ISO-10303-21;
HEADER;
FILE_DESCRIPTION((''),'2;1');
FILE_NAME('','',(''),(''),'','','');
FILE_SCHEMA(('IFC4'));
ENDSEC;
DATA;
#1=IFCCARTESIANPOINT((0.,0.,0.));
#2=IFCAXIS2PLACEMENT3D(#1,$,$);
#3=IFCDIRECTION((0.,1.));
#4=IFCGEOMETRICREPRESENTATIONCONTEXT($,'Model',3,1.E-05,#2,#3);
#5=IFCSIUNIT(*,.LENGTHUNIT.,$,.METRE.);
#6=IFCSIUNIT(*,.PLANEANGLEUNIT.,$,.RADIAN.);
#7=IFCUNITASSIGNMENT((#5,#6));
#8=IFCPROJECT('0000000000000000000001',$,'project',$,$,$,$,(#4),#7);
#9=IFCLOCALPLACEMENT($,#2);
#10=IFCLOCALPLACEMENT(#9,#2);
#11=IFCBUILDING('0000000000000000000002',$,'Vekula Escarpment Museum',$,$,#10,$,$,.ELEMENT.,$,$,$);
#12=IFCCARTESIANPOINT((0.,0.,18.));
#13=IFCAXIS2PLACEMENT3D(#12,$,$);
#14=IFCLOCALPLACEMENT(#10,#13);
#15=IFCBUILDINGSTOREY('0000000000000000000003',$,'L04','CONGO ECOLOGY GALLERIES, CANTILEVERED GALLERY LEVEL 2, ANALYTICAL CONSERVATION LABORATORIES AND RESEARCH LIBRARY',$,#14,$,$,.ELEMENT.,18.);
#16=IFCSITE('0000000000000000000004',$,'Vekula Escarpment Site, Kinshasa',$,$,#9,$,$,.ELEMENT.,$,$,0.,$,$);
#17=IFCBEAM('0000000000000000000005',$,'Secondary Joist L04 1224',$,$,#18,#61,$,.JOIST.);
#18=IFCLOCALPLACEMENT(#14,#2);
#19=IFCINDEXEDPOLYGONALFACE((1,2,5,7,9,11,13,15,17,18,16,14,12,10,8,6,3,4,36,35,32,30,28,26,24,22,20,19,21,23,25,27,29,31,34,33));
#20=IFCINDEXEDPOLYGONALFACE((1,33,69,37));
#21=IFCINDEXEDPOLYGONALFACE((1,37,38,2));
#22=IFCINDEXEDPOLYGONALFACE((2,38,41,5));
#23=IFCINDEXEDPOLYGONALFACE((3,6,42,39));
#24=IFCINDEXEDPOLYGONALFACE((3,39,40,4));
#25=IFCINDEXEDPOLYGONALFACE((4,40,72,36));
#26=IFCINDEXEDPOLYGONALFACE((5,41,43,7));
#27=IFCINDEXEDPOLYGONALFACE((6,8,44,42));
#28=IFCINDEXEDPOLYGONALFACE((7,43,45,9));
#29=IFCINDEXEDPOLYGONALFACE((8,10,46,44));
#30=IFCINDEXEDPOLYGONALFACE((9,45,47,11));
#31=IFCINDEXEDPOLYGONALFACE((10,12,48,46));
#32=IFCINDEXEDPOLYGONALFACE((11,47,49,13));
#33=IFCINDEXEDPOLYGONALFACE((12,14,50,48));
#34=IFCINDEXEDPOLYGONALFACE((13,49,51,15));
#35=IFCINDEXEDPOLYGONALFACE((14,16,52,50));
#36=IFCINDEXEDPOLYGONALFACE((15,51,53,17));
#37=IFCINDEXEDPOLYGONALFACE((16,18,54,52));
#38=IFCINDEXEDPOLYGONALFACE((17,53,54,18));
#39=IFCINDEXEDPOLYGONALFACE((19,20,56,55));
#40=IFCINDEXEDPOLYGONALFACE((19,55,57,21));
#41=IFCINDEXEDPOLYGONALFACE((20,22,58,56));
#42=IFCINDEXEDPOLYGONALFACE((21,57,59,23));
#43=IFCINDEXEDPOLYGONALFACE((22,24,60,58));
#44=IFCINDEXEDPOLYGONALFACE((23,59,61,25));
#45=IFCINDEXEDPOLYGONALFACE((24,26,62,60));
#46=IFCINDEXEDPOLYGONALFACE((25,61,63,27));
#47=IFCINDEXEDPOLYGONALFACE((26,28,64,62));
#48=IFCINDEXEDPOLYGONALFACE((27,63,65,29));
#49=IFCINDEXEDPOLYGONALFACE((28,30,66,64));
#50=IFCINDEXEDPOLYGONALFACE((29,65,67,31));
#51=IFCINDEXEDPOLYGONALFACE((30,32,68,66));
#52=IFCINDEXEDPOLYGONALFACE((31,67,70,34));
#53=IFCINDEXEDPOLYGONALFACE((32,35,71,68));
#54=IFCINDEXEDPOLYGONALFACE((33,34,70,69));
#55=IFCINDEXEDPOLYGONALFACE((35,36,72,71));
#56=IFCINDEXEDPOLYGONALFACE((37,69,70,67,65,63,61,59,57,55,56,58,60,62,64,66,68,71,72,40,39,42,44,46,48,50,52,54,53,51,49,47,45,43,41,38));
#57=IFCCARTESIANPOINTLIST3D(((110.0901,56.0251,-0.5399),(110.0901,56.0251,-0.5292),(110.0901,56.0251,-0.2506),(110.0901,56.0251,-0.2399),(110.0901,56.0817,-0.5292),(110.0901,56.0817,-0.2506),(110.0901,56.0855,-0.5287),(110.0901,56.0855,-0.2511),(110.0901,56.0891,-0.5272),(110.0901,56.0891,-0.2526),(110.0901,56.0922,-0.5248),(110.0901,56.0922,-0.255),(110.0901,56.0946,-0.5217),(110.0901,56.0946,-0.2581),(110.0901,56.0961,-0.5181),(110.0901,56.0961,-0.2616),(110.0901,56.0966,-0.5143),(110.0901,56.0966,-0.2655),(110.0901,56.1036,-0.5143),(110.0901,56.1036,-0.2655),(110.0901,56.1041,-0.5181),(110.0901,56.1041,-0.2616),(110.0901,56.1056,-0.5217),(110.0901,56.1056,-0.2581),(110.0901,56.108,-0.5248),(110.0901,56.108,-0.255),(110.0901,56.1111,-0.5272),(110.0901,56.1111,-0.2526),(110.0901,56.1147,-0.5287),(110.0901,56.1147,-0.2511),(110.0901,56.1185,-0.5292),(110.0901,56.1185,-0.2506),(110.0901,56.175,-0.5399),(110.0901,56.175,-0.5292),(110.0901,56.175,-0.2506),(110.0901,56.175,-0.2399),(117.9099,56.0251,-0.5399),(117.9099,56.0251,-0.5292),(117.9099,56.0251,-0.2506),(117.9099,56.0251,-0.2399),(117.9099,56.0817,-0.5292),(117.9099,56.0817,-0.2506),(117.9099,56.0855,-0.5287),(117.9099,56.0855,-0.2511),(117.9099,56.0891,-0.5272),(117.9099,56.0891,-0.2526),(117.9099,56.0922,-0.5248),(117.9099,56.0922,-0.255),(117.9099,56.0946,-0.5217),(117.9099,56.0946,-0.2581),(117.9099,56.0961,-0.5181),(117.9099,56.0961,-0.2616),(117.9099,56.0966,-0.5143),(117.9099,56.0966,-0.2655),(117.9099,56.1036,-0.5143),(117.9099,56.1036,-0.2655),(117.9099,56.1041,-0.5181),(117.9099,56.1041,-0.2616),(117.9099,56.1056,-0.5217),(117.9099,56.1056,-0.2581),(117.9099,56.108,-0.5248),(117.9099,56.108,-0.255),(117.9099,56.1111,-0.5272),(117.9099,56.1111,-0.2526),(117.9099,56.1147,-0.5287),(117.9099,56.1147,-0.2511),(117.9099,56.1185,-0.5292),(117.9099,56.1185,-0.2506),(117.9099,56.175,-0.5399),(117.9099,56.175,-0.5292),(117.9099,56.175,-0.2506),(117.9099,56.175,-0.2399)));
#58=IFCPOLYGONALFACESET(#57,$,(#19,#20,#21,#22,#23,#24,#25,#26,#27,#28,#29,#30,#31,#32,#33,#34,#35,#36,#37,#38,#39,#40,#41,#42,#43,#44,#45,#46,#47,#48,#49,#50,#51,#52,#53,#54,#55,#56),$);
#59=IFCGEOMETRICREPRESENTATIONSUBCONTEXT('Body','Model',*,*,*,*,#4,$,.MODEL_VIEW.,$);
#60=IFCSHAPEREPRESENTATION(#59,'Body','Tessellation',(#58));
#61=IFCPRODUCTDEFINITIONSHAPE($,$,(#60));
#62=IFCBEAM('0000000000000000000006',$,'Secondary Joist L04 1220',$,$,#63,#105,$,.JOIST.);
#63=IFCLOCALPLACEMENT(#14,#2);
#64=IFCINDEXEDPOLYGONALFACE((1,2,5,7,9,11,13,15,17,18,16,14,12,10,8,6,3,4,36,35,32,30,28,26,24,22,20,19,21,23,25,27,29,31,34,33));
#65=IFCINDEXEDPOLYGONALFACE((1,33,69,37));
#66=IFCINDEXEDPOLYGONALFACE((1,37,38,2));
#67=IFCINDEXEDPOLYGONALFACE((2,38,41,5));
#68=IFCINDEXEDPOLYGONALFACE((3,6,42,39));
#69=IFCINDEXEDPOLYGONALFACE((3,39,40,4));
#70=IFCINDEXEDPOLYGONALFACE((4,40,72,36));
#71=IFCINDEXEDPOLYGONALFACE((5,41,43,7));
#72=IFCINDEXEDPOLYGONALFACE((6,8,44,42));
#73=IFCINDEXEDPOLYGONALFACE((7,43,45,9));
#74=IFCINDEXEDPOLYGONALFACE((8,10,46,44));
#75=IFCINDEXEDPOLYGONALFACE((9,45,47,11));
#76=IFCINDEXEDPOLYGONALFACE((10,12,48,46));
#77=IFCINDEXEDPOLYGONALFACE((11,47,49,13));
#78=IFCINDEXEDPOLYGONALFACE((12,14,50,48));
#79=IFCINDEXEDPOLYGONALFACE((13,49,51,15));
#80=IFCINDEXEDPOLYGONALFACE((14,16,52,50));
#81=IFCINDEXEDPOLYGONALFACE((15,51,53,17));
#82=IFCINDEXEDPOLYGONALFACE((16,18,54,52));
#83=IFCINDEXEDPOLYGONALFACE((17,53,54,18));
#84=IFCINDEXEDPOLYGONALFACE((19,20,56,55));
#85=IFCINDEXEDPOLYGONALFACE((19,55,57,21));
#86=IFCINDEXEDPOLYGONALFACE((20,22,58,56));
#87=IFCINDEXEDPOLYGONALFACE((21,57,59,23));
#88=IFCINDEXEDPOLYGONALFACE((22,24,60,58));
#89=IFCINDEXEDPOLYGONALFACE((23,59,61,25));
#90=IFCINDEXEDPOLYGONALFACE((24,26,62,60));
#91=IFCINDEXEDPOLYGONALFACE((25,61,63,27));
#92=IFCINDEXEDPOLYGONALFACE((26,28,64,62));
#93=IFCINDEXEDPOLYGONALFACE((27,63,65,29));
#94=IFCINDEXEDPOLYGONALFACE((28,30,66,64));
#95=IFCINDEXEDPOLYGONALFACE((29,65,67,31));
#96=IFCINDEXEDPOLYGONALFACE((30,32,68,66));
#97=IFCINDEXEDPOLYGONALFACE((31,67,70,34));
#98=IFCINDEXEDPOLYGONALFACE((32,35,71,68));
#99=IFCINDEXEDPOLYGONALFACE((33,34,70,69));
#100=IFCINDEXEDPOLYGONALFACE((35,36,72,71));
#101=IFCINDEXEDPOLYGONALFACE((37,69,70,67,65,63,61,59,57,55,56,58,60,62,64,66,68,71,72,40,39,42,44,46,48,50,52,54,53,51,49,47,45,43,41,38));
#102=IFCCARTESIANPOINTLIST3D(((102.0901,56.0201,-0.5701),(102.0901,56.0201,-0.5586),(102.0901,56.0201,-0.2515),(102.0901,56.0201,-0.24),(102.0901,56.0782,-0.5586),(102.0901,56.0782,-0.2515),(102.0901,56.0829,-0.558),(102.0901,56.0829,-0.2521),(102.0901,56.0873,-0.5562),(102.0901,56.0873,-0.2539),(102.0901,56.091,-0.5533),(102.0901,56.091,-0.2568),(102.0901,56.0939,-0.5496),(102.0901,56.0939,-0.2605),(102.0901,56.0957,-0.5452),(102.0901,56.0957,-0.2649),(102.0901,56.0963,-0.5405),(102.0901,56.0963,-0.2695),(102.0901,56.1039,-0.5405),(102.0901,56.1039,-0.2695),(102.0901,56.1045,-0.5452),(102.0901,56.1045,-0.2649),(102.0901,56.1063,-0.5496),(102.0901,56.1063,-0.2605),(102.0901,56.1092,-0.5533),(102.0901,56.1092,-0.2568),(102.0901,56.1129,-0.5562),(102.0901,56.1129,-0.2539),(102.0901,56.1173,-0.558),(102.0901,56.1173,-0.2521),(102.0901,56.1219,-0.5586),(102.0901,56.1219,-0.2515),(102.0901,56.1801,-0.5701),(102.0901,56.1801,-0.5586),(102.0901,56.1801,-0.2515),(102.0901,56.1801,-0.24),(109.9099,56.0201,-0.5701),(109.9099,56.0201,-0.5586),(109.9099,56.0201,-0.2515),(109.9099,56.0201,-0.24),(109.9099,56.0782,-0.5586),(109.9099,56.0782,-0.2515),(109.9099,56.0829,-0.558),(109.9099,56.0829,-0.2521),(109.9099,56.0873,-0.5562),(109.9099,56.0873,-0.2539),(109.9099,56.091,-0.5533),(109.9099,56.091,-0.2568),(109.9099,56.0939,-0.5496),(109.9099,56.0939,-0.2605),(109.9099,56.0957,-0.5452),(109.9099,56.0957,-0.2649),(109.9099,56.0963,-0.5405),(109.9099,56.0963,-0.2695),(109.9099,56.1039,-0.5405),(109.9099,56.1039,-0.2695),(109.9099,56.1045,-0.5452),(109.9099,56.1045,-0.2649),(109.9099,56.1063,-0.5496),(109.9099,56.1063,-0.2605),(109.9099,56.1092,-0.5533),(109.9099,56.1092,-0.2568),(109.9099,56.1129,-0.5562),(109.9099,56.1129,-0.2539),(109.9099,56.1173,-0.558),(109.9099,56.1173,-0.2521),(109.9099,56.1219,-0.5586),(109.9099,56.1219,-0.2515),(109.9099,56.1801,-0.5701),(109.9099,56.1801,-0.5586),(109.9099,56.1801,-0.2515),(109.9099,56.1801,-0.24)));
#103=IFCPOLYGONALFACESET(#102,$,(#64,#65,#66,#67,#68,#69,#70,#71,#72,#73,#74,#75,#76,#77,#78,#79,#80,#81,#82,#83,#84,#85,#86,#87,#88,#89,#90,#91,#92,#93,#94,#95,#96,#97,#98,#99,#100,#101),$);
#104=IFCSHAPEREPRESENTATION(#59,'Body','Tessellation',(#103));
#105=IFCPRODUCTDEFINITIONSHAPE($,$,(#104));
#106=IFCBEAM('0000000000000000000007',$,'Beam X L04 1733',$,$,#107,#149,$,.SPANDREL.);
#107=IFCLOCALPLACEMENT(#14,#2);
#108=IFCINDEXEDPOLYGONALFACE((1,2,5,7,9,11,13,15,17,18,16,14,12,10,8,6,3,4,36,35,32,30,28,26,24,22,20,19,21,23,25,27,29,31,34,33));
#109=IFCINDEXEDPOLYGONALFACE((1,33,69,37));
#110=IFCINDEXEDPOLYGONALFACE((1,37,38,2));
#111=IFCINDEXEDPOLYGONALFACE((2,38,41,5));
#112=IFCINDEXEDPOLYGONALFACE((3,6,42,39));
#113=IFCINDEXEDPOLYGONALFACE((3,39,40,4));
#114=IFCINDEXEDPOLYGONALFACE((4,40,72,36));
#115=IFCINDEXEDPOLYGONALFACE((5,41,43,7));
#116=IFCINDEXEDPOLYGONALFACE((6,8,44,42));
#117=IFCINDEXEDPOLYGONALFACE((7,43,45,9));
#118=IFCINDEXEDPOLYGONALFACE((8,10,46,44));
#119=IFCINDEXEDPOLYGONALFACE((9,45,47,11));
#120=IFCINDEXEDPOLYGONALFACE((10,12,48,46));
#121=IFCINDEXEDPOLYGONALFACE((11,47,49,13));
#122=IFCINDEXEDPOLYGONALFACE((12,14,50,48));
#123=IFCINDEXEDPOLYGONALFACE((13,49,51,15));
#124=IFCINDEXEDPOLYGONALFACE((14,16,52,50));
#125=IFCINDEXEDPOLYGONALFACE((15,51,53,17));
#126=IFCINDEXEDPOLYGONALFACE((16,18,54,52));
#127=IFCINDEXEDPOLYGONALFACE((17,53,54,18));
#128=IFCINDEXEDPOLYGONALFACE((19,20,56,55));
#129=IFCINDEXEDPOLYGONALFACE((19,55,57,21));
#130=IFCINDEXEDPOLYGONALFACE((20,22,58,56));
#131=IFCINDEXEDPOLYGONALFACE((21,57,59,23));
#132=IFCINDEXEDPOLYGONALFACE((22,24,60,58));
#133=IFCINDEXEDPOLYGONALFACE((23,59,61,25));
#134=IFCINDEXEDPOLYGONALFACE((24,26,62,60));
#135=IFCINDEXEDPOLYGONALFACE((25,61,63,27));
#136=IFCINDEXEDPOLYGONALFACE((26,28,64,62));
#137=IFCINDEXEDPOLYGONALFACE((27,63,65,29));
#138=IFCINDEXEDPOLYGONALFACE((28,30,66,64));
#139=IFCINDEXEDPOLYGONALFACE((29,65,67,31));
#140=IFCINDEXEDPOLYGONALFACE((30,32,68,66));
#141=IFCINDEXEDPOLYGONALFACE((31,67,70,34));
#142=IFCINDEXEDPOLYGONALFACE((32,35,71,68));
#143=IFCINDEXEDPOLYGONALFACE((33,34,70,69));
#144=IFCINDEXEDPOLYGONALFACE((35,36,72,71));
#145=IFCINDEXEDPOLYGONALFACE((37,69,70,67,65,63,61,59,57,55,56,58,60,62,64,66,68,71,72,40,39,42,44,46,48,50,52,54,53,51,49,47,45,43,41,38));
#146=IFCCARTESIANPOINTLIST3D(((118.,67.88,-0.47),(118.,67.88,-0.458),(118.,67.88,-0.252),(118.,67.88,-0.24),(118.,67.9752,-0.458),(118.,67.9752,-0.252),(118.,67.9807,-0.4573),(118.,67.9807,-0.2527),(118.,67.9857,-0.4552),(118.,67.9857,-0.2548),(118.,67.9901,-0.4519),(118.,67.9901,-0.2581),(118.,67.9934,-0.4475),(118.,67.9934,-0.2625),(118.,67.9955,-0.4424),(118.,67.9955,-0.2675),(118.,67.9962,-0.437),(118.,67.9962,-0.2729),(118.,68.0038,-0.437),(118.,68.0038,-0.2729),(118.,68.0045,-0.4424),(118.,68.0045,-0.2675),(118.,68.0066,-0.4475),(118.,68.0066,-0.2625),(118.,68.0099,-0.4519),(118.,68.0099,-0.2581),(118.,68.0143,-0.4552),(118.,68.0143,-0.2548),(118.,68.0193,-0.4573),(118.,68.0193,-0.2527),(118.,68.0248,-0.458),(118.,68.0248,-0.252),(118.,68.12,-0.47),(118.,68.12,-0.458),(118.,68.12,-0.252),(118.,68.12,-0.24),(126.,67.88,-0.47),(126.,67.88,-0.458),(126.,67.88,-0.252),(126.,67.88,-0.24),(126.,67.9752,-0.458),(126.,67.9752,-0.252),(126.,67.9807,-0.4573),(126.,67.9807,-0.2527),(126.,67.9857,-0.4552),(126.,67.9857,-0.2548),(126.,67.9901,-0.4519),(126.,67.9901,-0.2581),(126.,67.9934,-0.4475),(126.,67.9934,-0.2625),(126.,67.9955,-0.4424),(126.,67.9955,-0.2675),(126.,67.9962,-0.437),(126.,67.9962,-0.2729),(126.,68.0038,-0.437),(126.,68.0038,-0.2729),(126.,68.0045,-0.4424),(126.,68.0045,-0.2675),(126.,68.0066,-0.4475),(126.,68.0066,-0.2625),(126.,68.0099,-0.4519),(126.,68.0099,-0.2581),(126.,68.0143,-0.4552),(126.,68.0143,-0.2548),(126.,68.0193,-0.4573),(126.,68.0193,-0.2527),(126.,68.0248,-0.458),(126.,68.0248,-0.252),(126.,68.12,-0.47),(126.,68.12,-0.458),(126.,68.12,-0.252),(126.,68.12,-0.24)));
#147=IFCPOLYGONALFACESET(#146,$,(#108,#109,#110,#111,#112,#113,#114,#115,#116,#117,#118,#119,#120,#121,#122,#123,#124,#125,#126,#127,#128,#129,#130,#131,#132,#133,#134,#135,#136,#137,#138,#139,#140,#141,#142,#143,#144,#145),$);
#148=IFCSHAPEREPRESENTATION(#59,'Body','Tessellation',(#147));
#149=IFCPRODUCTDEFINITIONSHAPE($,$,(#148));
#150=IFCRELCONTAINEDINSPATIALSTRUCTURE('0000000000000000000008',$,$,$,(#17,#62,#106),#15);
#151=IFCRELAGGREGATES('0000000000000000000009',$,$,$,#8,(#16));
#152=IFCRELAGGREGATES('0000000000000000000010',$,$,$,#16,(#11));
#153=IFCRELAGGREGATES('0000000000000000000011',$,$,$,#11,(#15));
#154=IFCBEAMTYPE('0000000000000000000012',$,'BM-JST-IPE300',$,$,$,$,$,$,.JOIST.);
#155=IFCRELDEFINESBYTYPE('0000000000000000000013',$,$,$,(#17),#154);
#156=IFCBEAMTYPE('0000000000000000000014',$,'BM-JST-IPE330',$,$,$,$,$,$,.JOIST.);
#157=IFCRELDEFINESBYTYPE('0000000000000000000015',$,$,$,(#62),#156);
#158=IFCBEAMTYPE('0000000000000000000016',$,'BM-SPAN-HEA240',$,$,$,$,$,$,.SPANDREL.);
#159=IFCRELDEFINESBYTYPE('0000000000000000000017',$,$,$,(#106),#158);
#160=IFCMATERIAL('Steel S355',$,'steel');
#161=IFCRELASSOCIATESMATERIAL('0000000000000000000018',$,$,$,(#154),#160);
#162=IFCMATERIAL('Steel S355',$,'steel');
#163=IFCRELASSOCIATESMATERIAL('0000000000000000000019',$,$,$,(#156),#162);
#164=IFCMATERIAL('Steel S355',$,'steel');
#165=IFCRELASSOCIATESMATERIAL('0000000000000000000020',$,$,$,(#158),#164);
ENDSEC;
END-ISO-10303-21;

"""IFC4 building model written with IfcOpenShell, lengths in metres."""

from ifc_helpers import new_model, si_unit, direction, frame, origin, origin_2d, place, context, subcontext, project, spatial, i_section, extrude, material, material_profile, profile_set, type_object, element, save


model = new_model("IFC4")

# Units and contexts
model_context = context("Model", 3, precision=1e-05, world=origin(), true_north=direction((0.0, 1.0)))
body_context = subcontext(model_context, "Body", "Model", "MODEL_VIEW")
ifc_project = project(units=[si_unit("LENGTHUNIT", "METRE"), si_unit("PLANEANGLEUNIT", "RADIAN")], contexts=[model_context])

# Site, building, storey
site_placement = place(None, origin())
site = spatial("IfcSite", under=ifc_project, at=site_placement, Name="Vekula Escarpment Site, Kinshasa", CompositionType="ELEMENT", RefElevation=0.0)
building_placement = place(site_placement, origin())
building = spatial("IfcBuilding", under=site, at=building_placement, Name="Vekula Escarpment Museum", CompositionType="ELEMENT")
storey_placement = place(building_placement, frame((0.0, 0.0, 18.0)))
storey = spatial("IfcBuildingStorey", under=building, at=storey_placement, Name="L04", Description="CONGO ECOLOGY GALLERIES, CANTILEVERED GALLERY LEVEL 2, ANALYTICAL CONSERVATION LABORATORIES AND RESEARCH LIBRARY", CompositionType="ELEMENT", Elevation=18.0)

# Beams
ifc_material_1 = material(Name="Steel S355", Category="steel")
ifc_material_profile_1 = material_profile(ifc_material_1, i_section(OverallWidth=0.1499, OverallDepth=0.3, WebThickness=0.0071, FlangeThickness=0.0107, FilletRadius=0.0149, at=origin_2d()), Name="IPE 300")
ifc_profile_set_1 = profile_set([ifc_material_profile_1], Name="Steel S355")
beam_type_1 = type_object("IfcBeamType", Name="BM-JST-IPE300", PredefinedType="JOIST", material=ifc_profile_set_1)
beam_1_placement = place(storey_placement, frame((110.0901, 56.1001, -0.3899), z_axis=(1.0, 0.0, 0.0), x_axis=(0.0, 1.0, 0.0)))
element("IfcBeam", 1, at=beam_1_placement, inside=storey, type_object=beam_type_1, Name="Secondary Joist L04 1224", PredefinedType="JOIST", context=body_context, shape_type="SweptSolid", body=[
    extrude(i_section(OverallWidth=0.1499, OverallDepth=0.3, WebThickness=0.0071, FlangeThickness=0.0107, FilletRadius=0.0149, at=origin_2d()), origin(), (0.0, 0.0, 1.0), 7.8198),
])
ifc_material_2 = material(Name="Steel S355", Category="steel")
ifc_material_profile_2 = material_profile(ifc_material_2, i_section(OverallWidth=0.1599, OverallDepth=0.3301, WebThickness=0.0076, FlangeThickness=0.0115, FilletRadius=0.0181, at=origin_2d()), Name="IPE 330")
ifc_profile_set_2 = profile_set([ifc_material_profile_2], Name="Steel S355")
beam_type_2 = type_object("IfcBeamType", Name="BM-JST-IPE330", PredefinedType="JOIST", material=ifc_profile_set_2)
beam_2_placement = place(storey_placement, frame((102.0901, 56.1001, -0.405), z_axis=(1.0, 0.0, 0.0), x_axis=(0.0, 1.0, 0.0)))
element("IfcBeam", 2, at=beam_2_placement, inside=storey, type_object=beam_type_2, Name="Secondary Joist L04 1220", PredefinedType="JOIST", context=body_context, shape_type="SweptSolid", body=[
    extrude(i_section(OverallWidth=0.1599, OverallDepth=0.3301, WebThickness=0.0076, FlangeThickness=0.0115, FilletRadius=0.0181, at=origin_2d()), origin(), (0.0, 0.0, 1.0), 7.8198),
])
ifc_material_3 = material(Name="Steel S355", Category="steel")
ifc_material_profile_3 = material_profile(ifc_material_3, i_section(OverallWidth=0.24, OverallDepth=0.23, WebThickness=0.0076, FlangeThickness=0.012, FilletRadius=0.021, at=origin_2d()), Name="HEA 240")
ifc_profile_set_3 = profile_set([ifc_material_profile_3], Name="Steel S355")
beam_type_3 = type_object("IfcBeamType", Name="BM-SPAN-HEA240", PredefinedType="SPANDREL", material=ifc_profile_set_3)
beam_3_placement = place(storey_placement, frame((118.0, 68.0, -0.355), z_axis=(1.0, 0.0, 0.0), x_axis=(0.0, 1.0, 0.0)))
element("IfcBeam", 3, at=beam_3_placement, inside=storey, type_object=beam_type_3, Name="Beam X L04 1733", PredefinedType="SPANDREL", context=body_context, shape_type="SweptSolid", body=[
    extrude(i_section(OverallWidth=0.24, OverallDepth=0.23, WebThickness=0.0076, FlangeThickness=0.012, FilletRadius=0.021, at=origin_2d()), origin(), (0.0, 0.0, 1.0), 8.0),
])

save(model, "model.ifc")
